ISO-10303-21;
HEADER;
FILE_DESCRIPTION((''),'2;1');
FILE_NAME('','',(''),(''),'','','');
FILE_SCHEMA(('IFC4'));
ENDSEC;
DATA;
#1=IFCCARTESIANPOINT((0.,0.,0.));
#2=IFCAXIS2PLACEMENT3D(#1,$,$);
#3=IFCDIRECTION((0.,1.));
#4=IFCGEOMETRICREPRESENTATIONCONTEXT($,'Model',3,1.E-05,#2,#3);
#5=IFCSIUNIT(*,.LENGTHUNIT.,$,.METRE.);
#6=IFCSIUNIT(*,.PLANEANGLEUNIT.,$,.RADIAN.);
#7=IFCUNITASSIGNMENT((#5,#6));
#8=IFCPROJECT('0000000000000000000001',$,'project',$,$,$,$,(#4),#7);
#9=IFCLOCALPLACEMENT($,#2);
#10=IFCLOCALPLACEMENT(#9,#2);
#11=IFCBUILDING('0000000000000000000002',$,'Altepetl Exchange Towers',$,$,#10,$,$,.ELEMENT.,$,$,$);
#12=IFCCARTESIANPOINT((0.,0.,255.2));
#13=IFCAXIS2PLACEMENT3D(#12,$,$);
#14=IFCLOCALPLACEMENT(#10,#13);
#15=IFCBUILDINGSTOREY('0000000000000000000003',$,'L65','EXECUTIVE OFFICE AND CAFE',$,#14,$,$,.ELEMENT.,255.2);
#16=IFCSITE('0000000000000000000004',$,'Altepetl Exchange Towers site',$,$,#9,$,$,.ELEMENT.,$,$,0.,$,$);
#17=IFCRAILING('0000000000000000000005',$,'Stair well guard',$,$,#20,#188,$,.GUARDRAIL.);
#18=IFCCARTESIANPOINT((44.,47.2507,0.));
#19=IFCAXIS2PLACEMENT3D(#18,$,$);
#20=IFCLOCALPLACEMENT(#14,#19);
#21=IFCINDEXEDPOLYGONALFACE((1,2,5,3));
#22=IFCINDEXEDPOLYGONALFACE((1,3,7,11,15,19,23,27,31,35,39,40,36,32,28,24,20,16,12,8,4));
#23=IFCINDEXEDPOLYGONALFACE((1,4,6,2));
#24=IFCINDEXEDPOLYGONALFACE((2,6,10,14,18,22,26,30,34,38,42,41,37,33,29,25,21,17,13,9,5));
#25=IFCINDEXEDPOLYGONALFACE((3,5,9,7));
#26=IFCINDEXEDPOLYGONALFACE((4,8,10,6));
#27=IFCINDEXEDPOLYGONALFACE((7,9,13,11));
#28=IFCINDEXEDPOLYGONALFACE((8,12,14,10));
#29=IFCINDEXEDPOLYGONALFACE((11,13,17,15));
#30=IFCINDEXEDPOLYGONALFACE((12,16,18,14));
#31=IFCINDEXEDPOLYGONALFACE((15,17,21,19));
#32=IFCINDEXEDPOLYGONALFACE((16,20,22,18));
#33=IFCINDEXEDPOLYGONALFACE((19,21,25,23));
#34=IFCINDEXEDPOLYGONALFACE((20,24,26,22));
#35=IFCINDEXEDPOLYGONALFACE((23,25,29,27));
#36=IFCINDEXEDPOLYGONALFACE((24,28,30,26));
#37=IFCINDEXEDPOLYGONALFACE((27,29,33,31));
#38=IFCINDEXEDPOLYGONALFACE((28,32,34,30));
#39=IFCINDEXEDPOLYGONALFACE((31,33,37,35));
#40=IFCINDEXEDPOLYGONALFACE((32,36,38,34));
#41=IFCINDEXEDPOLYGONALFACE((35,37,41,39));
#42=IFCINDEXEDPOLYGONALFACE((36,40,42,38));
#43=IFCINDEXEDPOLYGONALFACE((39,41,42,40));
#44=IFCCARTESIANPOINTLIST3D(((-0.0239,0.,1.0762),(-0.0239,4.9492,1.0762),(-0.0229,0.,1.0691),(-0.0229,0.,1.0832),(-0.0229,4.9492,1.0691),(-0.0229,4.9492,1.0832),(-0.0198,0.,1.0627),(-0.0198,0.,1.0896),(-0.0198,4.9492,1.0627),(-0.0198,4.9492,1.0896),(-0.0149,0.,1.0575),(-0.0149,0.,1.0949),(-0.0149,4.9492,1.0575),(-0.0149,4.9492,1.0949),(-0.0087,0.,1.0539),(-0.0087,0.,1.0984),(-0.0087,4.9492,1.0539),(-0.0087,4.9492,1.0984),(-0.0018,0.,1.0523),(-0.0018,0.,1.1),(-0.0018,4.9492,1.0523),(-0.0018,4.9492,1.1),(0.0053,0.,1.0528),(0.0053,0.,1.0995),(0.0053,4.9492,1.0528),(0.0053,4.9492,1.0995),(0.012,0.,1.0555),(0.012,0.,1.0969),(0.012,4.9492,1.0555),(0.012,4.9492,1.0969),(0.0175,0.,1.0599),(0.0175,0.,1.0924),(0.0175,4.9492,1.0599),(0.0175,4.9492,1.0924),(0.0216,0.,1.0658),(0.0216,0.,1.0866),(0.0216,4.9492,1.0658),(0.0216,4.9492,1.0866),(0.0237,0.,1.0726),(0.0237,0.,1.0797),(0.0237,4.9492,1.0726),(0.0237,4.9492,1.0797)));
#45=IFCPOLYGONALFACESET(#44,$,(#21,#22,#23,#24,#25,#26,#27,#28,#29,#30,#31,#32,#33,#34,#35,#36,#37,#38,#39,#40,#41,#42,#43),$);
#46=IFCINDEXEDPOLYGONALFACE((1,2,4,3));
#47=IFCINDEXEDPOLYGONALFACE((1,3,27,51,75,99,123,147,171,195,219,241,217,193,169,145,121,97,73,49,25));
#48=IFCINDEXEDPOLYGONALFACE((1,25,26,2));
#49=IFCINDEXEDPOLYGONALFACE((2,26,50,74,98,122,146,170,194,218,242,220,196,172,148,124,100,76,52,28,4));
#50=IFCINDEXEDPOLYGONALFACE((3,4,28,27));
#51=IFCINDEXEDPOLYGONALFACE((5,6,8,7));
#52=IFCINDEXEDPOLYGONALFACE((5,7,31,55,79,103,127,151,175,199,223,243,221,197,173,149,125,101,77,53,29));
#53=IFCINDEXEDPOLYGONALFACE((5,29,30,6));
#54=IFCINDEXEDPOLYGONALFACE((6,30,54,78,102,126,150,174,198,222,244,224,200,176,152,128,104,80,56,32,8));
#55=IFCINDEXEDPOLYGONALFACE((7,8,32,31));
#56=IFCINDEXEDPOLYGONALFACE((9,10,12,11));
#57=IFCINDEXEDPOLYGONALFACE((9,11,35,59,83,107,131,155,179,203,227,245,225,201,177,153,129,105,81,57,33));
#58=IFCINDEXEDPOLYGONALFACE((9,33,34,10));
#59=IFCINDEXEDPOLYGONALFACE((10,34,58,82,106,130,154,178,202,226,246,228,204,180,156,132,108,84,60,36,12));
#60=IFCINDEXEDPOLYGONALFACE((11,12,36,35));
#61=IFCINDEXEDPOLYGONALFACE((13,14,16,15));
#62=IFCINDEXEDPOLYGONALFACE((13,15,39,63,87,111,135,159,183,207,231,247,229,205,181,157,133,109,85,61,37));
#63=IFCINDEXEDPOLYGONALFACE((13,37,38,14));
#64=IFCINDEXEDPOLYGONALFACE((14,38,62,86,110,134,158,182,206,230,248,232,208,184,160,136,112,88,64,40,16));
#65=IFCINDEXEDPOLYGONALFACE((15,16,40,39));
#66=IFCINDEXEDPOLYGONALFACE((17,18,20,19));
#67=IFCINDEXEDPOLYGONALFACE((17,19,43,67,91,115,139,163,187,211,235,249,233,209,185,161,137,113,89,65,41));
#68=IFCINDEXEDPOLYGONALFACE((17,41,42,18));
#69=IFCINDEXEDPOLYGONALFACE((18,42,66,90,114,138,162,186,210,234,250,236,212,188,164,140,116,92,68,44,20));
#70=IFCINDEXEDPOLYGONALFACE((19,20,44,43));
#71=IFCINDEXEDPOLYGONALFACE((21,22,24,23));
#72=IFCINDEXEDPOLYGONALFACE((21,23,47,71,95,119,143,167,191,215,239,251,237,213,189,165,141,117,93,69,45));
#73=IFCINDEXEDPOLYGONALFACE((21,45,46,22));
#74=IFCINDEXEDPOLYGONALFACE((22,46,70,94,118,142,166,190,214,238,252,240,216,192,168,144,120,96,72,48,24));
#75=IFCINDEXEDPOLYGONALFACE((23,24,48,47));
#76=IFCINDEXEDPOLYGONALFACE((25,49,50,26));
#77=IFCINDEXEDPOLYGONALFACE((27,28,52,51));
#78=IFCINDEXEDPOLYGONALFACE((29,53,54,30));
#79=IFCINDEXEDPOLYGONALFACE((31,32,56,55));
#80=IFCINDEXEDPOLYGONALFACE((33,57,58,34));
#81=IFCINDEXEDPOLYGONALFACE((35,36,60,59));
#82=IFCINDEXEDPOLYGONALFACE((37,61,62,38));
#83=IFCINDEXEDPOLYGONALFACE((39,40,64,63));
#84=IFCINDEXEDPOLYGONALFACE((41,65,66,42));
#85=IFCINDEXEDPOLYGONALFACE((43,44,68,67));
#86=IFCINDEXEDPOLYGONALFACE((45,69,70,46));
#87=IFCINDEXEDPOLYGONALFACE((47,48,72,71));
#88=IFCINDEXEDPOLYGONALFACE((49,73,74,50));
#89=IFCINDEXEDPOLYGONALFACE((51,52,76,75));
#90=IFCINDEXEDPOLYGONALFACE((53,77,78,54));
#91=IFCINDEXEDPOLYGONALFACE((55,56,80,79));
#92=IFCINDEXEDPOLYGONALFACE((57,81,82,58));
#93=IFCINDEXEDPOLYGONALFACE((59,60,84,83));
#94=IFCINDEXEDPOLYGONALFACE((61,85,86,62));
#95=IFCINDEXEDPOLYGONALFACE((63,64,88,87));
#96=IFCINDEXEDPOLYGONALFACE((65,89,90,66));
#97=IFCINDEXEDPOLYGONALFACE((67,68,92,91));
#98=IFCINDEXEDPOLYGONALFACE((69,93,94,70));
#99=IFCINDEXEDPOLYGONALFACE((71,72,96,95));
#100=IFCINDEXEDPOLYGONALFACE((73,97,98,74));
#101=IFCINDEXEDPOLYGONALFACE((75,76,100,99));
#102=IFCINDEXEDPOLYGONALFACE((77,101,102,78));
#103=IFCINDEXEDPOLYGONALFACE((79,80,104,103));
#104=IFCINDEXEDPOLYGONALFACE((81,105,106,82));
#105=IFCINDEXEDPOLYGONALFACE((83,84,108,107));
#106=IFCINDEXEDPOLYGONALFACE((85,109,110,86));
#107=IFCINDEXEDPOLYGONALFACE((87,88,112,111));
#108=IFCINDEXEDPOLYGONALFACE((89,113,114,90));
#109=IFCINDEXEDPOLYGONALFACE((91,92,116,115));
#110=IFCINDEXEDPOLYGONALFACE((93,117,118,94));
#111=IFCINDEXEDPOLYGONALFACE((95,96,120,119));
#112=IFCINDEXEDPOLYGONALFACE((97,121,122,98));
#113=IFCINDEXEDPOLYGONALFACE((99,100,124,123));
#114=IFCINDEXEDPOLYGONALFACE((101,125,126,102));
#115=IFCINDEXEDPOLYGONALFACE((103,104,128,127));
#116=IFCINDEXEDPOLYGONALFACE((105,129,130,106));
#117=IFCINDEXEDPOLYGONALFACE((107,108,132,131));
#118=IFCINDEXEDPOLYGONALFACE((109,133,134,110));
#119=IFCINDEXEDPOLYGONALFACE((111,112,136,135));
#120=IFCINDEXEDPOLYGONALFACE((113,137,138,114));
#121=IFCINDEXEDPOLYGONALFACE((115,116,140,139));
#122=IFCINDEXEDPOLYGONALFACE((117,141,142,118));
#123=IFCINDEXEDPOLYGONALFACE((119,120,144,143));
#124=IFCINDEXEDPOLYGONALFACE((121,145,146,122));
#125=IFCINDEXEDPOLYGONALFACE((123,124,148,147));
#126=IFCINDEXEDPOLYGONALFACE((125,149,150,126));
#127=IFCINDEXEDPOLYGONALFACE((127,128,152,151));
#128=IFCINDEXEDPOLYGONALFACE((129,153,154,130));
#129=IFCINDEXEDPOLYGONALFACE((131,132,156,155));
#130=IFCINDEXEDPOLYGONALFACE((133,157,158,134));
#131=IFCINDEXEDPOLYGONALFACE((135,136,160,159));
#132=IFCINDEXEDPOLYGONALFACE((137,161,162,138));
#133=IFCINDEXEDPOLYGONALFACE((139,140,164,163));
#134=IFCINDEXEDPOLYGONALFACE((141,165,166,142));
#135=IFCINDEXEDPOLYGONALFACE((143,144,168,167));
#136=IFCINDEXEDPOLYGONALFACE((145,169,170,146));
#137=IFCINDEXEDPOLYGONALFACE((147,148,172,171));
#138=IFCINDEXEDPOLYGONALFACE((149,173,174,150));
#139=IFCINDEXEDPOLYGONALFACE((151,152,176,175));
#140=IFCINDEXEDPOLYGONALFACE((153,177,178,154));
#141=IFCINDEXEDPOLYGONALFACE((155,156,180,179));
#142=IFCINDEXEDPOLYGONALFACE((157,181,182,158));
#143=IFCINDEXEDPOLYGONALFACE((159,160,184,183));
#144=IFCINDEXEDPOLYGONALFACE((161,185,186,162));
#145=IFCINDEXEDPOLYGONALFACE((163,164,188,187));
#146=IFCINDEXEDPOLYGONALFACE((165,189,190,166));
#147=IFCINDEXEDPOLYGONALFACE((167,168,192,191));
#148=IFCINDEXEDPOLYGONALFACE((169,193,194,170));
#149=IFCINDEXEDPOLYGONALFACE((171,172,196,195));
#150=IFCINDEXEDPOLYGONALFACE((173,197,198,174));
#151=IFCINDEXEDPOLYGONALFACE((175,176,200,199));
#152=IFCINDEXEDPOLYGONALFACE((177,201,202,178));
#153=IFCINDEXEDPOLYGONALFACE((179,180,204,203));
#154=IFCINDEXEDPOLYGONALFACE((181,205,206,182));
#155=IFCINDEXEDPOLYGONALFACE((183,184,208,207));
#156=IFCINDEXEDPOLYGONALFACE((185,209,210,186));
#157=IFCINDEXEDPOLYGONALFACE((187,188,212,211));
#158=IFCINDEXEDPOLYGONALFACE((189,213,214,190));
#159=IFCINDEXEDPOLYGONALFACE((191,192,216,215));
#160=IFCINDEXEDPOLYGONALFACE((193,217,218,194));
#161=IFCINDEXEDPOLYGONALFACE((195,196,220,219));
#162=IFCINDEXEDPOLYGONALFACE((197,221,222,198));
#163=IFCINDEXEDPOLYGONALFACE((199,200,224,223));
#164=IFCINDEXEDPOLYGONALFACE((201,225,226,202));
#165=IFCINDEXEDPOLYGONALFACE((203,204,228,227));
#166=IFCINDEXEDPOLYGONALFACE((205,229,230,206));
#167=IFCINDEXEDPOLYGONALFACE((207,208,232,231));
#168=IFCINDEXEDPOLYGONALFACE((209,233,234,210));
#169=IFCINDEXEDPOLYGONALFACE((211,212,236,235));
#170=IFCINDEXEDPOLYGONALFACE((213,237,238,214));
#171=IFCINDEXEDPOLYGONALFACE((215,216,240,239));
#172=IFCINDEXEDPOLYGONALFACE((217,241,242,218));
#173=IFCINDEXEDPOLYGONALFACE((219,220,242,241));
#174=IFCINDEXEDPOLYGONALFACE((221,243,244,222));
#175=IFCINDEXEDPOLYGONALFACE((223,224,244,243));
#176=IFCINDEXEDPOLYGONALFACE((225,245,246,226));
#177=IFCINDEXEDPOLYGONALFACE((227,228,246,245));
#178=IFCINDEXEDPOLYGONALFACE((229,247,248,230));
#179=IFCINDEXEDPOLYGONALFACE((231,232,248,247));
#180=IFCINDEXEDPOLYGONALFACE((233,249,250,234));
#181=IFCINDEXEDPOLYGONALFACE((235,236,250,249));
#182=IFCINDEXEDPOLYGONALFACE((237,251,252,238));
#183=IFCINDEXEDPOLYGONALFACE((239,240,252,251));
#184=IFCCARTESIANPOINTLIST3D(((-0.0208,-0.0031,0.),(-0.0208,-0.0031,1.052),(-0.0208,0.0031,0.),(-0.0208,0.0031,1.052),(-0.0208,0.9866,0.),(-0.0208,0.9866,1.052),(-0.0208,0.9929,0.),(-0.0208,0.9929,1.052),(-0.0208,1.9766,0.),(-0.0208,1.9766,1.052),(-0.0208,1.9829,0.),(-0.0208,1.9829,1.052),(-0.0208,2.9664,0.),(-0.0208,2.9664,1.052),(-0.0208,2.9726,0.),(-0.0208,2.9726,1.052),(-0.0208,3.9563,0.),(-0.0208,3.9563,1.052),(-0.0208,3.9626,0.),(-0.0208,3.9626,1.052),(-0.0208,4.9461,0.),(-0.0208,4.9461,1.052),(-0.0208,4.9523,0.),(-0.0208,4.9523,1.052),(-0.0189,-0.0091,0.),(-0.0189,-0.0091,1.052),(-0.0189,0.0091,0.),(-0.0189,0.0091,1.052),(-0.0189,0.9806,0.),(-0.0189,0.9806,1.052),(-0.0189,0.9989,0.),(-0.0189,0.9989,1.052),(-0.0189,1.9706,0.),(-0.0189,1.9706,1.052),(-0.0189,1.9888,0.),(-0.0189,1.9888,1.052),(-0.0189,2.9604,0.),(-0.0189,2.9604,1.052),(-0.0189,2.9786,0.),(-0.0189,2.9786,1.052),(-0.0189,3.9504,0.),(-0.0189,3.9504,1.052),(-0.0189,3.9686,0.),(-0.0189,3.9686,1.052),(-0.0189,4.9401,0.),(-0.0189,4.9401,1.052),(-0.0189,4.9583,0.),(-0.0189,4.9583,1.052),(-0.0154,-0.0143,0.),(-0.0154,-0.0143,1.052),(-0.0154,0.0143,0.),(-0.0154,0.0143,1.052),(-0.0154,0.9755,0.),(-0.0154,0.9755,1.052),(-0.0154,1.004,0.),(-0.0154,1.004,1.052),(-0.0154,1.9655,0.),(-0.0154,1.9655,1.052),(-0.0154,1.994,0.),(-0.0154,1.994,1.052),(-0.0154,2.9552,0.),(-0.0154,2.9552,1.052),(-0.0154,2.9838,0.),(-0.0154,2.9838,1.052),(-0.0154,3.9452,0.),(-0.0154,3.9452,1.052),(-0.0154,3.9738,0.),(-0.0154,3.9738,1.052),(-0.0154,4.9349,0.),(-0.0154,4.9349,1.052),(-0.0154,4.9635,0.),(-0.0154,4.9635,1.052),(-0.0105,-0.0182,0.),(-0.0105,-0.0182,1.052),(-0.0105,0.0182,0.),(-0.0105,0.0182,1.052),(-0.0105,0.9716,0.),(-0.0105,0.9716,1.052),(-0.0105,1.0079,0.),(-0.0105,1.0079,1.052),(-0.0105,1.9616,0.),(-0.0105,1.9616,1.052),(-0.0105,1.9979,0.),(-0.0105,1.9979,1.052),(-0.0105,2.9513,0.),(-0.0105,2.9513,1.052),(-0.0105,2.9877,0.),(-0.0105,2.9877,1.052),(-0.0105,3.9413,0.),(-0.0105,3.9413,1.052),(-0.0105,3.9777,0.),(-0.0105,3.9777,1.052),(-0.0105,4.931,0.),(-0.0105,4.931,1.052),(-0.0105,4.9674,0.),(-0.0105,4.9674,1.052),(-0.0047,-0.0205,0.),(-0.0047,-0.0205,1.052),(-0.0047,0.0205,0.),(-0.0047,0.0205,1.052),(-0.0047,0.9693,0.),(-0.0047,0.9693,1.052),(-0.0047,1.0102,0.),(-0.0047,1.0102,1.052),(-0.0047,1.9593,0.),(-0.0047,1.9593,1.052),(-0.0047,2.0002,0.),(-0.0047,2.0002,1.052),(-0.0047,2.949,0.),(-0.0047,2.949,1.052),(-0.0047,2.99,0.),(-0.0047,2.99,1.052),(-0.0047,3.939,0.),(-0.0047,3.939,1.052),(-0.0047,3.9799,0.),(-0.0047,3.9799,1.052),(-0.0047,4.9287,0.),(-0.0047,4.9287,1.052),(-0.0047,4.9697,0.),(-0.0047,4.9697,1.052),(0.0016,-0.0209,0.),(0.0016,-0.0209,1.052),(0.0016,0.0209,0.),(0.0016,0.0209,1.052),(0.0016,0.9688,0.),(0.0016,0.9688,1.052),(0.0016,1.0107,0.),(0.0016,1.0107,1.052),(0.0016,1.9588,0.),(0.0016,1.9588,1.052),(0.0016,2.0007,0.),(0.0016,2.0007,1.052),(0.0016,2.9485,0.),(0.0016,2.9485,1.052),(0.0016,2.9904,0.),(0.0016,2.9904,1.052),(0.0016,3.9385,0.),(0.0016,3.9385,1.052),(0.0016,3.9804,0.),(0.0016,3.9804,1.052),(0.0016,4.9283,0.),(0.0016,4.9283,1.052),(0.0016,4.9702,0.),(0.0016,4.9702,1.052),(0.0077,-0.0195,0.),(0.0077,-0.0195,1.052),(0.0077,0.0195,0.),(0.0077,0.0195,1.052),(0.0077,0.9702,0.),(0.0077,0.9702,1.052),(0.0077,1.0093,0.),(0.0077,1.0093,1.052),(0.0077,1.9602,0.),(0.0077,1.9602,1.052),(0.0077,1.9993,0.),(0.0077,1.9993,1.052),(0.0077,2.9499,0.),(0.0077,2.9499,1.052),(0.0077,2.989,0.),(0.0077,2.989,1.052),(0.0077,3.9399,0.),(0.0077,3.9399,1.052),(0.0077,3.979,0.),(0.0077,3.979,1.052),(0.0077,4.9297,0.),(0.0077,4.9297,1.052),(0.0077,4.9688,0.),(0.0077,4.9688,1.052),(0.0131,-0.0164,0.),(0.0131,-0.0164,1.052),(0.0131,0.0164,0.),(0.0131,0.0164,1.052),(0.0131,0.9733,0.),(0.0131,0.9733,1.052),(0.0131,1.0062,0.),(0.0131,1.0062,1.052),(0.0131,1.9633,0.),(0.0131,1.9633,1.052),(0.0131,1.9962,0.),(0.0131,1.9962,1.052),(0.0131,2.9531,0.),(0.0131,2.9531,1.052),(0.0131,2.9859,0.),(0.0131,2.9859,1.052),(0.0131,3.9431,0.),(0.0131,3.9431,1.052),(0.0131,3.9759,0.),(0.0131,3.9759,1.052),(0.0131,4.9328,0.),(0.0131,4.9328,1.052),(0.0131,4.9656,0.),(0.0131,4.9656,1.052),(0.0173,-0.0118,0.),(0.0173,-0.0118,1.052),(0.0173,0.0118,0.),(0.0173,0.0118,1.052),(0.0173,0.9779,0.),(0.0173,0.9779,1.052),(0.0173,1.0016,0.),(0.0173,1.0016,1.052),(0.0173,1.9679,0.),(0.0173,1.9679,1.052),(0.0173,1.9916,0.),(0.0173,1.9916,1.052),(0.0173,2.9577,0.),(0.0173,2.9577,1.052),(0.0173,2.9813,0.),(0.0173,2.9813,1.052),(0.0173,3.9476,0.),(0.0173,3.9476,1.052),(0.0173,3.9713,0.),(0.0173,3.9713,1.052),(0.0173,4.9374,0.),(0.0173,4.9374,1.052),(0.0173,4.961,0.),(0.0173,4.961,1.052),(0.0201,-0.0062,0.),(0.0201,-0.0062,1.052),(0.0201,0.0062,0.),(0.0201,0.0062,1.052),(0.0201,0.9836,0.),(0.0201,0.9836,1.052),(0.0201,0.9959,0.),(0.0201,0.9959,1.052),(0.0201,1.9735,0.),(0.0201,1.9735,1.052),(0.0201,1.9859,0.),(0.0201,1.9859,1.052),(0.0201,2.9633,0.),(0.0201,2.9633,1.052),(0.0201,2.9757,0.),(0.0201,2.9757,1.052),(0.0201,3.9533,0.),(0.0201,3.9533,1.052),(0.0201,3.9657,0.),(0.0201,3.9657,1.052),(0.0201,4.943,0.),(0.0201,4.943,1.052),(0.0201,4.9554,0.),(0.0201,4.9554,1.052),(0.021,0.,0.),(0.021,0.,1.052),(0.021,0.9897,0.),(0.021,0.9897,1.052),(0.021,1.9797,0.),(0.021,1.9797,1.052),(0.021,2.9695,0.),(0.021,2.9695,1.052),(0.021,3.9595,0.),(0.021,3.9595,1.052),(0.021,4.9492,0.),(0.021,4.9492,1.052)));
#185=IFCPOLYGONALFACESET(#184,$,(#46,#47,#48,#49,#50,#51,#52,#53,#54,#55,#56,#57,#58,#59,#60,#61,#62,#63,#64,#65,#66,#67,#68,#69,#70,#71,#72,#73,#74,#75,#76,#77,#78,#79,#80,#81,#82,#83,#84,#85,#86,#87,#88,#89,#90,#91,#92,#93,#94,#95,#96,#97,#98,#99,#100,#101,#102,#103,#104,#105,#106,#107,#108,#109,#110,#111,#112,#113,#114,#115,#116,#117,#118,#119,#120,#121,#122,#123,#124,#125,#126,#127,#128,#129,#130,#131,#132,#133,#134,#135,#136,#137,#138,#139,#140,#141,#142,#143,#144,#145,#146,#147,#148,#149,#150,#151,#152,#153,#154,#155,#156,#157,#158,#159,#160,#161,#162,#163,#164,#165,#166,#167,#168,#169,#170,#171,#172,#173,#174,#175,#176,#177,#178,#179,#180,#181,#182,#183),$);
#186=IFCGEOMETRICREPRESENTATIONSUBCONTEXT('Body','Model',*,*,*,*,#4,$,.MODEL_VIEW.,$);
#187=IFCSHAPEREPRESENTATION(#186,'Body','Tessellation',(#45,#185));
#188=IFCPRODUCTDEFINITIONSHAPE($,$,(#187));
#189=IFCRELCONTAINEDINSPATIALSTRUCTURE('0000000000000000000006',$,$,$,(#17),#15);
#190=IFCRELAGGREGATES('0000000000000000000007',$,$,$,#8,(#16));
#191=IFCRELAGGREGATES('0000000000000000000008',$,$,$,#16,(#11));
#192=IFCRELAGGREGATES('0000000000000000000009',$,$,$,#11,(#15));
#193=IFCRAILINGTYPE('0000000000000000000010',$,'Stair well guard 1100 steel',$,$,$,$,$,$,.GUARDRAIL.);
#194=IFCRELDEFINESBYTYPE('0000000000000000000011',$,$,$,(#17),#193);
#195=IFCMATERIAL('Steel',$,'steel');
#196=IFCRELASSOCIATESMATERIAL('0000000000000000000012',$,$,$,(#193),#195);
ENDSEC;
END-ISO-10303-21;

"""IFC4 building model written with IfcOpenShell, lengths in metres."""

from ifc_helpers import new_model, si_unit, direction, frame, origin, origin_2d, place, context, subcontext, project, spatial, circle, extrude, source, transform, mapped, material, type_object, element, save


model = new_model("IFC4")

# Units and contexts
model_context = context("Model", 3, precision=1e-05, world=origin(), true_north=direction((0.0, 1.0)))
body_context = subcontext(model_context, "Body", "Model", "MODEL_VIEW")
ifc_project = project(units=[si_unit("LENGTHUNIT", "METRE"), si_unit("PLANEANGLEUNIT", "RADIAN")], contexts=[model_context])

# Site, building, storey
site_placement = place(None, origin())
site = spatial("IfcSite", under=ifc_project, at=site_placement, Name="Altepetl Exchange Towers site", CompositionType="ELEMENT", RefElevation=0.0)
building_placement = place(site_placement, origin())
building = spatial("IfcBuilding", under=site, at=building_placement, Name="Altepetl Exchange Towers", CompositionType="ELEMENT")
storey_placement = place(building_placement, frame((0.0, 0.0, 255.2)))
storey = spatial("IfcBuildingStorey", under=building, at=storey_placement, Name="L65", Description="EXECUTIVE OFFICE AND CAFE", CompositionType="ELEMENT", Elevation=255.2)

# Railing
ifc_material_1 = material(Name="Steel", Category="steel")
railing_type_1 = type_object("IfcRailingType", Name="Stair well guard 1100 steel", PredefinedType="GUARDRAIL", material=ifc_material_1)
shared_shape_1 = source(origin(), body_context, "Body", "SweptSolid", [
    extrude(circle(Radius=0.021, at=origin_2d()), origin(), (0.0, 0.0, 1.0), 1.052),
])
railing_1_placement = place(storey_placement, frame((44.0, 47.2507, 0.0)))
element("IfcRailing", 1, at=railing_1_placement, inside=storey, type_object=railing_type_1, Name="Stair well guard", PredefinedType="GUARDRAIL", context=body_context, shape_type="SweptSolid", body=[
    extrude(circle(Radius=0.0239, at=origin_2d()), frame((0.0, 0.0, 1.0762), z_axis=(0.0, 1.0, 0.0), x_axis=(-1.0, 0.0, 0.0)), (0.0, 0.0, 1.0), 4.9492),
    mapped(shared_shape_1, transform((0.0, 0.0, 0.0))),
    mapped(shared_shape_1, transform((0.0, 0.9897, 0.0))),
    mapped(shared_shape_1, transform((0.0, 1.9797, 0.0))),
    mapped(shared_shape_1, transform((0.0, 2.9695, 0.0))),
    mapped(shared_shape_1, transform((0.0, 3.9595, 0.0))),
    mapped(shared_shape_1, transform((0.0, 4.9492, 0.0))),
])

save(model, "model.ifc")
